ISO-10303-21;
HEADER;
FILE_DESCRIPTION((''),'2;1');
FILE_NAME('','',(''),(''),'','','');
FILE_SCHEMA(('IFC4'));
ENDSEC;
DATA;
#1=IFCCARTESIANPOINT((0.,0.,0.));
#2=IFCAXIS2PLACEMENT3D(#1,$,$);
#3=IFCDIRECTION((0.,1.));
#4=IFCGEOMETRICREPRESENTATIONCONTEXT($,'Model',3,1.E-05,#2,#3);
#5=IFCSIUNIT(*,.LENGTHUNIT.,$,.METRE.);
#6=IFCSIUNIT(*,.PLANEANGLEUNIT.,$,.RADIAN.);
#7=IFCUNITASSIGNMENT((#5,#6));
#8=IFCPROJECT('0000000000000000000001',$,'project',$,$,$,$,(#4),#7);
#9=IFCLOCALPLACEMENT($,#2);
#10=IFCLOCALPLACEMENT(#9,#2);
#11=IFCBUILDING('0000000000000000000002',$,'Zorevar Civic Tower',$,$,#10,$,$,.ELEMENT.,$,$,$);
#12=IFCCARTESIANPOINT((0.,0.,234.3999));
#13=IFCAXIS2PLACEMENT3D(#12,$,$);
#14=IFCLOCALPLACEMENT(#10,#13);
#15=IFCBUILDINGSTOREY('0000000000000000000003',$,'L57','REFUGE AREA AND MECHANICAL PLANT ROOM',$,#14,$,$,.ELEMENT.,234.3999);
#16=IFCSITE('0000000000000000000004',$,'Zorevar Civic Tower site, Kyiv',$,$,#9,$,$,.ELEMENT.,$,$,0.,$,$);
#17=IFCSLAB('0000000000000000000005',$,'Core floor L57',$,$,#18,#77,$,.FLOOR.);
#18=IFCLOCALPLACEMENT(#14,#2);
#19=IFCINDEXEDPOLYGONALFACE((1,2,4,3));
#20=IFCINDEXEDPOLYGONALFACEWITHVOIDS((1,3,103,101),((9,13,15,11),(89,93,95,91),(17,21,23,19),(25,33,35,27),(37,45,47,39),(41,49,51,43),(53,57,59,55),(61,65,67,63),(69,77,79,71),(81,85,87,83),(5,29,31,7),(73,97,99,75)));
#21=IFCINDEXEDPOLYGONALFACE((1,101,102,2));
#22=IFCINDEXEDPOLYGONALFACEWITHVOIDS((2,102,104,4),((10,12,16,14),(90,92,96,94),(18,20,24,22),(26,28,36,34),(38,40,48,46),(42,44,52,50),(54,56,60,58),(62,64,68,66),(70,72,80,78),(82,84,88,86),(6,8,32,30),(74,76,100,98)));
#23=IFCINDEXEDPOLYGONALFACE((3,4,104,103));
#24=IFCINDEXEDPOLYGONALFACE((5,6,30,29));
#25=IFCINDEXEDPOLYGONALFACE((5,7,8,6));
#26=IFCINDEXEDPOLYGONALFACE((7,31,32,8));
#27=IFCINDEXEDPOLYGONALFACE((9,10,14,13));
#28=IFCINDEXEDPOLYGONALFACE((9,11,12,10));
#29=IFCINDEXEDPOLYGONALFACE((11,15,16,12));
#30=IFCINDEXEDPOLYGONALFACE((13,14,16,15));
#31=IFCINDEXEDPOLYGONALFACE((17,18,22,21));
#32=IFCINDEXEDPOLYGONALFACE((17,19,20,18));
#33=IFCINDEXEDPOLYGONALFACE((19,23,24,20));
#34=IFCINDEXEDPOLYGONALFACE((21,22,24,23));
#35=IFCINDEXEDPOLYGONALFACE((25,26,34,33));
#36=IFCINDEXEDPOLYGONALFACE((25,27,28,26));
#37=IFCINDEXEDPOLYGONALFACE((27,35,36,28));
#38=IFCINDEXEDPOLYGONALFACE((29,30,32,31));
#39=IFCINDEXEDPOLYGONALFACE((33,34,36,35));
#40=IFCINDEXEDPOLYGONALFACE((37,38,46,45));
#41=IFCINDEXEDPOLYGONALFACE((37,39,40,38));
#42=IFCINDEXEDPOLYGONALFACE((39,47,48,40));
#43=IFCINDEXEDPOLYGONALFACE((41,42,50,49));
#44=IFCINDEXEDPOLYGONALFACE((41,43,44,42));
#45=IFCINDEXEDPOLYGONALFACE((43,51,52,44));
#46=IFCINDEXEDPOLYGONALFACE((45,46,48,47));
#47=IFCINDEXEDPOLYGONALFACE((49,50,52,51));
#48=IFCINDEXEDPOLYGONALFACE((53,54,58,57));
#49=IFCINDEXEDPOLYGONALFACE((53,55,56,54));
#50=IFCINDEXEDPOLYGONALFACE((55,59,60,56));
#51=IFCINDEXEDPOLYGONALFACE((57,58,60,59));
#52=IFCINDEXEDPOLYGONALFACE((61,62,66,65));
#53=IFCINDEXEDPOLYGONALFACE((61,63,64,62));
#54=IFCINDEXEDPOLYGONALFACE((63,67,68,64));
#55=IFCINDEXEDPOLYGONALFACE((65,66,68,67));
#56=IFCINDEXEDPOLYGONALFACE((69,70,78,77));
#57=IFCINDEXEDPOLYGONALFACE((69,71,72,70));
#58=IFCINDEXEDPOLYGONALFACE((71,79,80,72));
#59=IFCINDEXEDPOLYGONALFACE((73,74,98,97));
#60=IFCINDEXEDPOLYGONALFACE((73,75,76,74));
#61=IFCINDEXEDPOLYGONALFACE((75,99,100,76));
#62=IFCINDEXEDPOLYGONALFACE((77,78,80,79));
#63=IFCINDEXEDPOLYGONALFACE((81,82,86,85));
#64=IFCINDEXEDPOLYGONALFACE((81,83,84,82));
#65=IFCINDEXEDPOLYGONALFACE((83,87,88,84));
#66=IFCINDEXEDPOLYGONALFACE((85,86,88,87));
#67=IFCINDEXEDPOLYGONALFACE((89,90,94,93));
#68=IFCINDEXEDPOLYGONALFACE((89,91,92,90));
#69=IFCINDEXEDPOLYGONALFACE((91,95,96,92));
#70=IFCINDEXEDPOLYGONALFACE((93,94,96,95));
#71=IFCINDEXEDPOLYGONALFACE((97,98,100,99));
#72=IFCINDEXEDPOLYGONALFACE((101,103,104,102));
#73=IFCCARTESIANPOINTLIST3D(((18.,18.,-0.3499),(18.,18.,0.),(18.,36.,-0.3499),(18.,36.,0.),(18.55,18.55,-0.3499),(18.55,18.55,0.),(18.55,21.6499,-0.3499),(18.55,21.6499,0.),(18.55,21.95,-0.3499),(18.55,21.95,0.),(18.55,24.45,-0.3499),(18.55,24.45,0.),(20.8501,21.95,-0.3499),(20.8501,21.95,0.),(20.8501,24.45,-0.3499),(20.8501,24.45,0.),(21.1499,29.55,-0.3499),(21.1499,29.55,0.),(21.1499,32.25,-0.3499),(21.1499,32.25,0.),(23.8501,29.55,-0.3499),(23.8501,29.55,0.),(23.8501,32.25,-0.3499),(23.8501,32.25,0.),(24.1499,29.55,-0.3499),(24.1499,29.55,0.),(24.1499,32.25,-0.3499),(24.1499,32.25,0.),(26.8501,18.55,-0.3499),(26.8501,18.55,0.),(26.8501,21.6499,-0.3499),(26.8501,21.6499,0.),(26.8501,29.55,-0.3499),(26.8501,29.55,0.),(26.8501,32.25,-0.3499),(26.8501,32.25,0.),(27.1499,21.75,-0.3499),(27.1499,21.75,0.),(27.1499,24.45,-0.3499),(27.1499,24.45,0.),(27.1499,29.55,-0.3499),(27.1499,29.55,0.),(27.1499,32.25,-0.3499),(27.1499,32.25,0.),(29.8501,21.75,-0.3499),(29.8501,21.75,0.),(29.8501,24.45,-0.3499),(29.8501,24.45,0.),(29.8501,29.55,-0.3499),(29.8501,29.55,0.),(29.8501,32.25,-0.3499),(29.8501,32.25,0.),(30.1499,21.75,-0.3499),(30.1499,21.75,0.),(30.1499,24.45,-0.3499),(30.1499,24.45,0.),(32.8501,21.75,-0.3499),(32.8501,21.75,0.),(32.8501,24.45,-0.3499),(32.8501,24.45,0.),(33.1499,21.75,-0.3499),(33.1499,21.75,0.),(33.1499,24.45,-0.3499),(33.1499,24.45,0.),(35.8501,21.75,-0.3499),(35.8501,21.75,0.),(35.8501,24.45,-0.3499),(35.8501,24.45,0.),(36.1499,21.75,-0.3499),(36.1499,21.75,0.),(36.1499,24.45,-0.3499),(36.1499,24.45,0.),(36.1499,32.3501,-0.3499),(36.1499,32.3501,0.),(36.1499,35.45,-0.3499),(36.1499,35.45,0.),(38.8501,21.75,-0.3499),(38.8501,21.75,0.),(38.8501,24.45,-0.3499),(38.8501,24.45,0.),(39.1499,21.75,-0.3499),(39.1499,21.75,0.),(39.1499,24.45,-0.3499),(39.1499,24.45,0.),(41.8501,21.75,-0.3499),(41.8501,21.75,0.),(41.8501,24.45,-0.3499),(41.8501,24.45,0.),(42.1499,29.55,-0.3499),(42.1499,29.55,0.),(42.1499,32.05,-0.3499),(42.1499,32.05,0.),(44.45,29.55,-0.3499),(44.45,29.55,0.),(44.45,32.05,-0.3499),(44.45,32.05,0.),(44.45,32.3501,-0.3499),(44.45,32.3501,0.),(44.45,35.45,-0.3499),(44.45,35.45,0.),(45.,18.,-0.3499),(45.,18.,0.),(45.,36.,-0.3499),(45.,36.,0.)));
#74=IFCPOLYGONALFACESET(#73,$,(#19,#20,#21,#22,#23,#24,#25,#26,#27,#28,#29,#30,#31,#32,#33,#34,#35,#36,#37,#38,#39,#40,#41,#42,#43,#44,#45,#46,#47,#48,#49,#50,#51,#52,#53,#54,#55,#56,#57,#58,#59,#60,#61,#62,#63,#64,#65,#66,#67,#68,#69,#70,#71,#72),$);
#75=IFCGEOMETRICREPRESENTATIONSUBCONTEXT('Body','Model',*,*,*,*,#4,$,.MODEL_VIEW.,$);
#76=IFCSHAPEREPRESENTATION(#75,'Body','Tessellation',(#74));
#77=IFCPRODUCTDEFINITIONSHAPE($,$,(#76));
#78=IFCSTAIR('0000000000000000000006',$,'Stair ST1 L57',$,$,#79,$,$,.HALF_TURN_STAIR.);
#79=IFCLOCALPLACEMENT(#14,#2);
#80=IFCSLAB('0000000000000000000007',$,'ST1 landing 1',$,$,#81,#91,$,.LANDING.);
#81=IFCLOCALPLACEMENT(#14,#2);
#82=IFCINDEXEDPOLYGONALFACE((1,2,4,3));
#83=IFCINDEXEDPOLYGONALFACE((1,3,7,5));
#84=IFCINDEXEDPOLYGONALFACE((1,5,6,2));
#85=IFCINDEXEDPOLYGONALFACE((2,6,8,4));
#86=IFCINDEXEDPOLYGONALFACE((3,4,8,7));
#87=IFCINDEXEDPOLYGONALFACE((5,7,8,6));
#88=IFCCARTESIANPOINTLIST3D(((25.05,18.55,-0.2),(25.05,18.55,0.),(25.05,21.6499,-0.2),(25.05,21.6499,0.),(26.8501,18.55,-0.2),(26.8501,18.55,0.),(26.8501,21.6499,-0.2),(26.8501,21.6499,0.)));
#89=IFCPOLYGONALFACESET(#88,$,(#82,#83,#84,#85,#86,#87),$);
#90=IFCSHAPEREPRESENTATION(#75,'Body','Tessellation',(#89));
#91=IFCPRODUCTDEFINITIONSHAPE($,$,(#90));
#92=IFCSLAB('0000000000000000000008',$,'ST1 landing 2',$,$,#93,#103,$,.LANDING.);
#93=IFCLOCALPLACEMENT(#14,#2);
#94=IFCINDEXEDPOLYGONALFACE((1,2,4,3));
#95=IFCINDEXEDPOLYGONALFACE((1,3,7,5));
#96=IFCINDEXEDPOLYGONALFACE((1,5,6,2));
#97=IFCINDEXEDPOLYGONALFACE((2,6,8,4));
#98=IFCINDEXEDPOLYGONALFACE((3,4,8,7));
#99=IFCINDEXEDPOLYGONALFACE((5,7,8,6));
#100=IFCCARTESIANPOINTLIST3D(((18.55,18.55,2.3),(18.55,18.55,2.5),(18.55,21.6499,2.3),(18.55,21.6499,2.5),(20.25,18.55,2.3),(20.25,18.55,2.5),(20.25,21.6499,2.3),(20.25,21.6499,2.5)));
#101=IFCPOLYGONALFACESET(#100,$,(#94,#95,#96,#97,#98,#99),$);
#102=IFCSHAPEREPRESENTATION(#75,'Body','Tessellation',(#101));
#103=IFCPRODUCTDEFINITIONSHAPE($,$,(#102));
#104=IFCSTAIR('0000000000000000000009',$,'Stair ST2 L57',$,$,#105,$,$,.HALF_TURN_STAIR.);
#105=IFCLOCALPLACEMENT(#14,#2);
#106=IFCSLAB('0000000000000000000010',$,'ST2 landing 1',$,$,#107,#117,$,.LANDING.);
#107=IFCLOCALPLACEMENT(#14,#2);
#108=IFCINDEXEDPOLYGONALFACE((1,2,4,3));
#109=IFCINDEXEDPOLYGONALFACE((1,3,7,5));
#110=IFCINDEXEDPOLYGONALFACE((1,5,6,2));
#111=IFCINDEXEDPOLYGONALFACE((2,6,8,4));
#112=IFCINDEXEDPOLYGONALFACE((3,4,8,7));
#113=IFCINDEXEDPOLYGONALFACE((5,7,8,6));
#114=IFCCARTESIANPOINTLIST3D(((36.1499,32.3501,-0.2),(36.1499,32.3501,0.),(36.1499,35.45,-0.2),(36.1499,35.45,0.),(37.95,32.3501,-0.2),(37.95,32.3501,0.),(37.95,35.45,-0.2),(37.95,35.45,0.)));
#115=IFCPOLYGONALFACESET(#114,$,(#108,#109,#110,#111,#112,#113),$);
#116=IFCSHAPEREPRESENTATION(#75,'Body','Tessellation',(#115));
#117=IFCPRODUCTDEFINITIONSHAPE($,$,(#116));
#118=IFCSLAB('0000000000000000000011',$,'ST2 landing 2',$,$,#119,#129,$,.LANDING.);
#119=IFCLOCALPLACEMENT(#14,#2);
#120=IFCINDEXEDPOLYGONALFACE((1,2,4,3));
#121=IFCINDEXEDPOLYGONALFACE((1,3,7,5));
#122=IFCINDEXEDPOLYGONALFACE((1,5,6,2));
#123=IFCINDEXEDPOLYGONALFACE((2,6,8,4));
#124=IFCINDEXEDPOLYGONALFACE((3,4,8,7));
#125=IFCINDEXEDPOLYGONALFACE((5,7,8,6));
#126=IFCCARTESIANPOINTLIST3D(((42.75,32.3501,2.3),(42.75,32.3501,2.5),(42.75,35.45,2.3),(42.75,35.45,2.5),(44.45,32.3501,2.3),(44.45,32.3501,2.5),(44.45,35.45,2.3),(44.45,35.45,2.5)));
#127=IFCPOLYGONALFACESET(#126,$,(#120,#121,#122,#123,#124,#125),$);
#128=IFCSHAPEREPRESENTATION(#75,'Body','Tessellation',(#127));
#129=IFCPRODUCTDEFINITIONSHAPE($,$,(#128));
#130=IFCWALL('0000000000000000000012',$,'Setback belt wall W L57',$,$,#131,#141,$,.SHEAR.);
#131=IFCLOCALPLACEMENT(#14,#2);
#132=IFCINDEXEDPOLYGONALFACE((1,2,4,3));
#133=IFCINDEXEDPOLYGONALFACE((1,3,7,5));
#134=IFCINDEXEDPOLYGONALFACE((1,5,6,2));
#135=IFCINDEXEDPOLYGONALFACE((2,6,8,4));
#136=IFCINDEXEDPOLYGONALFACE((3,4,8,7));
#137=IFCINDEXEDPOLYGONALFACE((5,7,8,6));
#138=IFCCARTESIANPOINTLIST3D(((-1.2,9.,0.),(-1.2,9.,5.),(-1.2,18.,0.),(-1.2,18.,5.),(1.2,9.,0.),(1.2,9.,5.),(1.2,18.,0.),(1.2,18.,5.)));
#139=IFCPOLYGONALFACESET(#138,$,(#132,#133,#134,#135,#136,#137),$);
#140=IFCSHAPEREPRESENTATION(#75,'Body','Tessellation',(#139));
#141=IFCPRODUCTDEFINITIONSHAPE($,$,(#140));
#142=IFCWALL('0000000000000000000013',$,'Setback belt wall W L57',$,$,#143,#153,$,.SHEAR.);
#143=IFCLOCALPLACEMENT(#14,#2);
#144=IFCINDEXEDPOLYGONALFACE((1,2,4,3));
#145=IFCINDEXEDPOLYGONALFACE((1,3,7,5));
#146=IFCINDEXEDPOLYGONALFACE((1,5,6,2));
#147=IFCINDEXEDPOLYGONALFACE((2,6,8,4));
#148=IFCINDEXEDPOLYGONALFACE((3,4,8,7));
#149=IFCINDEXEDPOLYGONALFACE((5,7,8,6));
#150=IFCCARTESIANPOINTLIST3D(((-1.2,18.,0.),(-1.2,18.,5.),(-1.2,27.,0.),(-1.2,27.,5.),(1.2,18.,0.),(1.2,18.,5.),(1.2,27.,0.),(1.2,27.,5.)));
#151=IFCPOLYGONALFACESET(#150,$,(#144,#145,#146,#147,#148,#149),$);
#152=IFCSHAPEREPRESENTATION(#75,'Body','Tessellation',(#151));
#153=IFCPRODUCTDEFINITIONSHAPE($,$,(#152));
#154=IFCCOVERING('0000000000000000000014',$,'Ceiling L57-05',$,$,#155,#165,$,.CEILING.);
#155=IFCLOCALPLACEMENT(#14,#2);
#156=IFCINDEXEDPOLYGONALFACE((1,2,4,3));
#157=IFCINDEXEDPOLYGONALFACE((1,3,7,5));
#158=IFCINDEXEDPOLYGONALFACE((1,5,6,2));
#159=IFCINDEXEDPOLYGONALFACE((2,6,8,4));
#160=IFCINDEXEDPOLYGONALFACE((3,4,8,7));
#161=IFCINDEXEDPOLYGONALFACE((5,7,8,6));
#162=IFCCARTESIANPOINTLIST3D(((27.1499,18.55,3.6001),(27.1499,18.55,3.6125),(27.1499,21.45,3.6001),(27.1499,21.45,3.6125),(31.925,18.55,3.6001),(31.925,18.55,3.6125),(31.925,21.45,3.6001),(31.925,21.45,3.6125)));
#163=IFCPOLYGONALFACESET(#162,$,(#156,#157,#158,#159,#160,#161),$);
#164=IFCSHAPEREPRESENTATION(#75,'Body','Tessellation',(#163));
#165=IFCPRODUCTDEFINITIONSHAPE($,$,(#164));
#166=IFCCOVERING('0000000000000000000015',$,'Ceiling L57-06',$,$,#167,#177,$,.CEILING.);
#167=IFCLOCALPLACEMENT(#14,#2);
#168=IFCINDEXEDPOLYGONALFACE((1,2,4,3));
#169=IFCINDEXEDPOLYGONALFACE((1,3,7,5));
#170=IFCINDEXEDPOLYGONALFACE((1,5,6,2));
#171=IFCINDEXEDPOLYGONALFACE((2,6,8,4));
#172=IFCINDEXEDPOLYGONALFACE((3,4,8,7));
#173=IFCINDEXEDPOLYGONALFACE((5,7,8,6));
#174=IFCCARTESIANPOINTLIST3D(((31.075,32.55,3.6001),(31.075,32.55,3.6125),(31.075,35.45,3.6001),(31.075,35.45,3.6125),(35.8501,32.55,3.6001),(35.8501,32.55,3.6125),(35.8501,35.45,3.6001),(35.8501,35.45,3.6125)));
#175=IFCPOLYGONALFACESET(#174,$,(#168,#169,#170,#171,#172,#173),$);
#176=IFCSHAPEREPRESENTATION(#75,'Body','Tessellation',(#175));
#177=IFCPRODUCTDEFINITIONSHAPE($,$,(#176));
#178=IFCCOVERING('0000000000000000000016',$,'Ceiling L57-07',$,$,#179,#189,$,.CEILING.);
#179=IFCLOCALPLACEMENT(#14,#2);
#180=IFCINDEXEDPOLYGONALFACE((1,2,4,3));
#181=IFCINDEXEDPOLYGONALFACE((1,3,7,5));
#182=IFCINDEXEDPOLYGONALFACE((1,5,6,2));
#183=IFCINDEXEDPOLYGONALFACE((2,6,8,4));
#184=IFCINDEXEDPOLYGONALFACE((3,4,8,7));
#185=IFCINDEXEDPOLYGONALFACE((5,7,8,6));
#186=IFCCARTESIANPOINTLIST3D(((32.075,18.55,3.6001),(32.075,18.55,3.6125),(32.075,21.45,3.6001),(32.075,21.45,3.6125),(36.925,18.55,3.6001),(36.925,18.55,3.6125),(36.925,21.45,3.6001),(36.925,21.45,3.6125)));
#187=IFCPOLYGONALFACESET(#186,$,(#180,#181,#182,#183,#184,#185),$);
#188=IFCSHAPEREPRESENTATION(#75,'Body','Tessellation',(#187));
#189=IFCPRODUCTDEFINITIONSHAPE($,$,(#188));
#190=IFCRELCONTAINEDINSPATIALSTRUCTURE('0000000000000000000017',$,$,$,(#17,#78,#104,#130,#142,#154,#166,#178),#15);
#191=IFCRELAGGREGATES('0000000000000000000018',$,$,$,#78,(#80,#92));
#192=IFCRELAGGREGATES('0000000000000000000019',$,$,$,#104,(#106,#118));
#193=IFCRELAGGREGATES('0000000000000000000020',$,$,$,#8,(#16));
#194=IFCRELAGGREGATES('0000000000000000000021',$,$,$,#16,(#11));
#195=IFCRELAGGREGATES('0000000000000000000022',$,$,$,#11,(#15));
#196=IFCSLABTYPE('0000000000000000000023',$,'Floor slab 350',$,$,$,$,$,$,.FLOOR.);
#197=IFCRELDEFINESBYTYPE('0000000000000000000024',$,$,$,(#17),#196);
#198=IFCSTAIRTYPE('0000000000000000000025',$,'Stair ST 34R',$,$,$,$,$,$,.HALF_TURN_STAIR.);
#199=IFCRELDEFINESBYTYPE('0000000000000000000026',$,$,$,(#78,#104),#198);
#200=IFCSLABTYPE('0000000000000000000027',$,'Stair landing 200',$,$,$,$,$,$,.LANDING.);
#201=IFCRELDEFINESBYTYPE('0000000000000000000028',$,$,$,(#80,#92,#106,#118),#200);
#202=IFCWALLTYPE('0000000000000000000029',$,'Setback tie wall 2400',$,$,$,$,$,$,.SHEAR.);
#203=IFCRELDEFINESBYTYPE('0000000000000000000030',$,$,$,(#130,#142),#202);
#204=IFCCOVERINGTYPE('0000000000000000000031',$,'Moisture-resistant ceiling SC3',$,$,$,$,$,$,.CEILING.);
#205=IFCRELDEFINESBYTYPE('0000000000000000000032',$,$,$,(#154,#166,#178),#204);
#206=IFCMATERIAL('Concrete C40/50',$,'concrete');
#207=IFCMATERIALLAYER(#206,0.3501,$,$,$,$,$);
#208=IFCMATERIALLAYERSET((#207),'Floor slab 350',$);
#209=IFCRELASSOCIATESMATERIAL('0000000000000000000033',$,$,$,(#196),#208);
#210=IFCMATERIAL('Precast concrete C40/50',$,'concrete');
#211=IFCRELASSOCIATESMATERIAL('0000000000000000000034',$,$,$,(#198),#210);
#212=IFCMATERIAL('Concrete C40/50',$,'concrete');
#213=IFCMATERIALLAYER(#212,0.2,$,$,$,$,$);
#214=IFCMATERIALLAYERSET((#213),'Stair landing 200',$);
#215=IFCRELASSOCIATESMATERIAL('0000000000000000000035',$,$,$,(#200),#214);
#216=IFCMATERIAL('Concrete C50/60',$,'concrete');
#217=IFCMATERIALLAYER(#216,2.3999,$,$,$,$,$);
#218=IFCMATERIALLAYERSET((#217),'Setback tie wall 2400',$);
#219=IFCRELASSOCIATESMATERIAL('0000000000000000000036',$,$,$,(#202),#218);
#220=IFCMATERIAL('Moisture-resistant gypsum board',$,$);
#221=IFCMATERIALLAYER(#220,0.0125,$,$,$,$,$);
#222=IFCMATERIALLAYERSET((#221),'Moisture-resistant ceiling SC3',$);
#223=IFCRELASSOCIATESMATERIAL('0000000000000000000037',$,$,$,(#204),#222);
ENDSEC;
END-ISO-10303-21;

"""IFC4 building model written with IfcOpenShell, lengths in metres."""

from ifc_helpers import new_model, si_unit, direction, frame, frame_2d, origin, place, context, subcontext, project, spatial, polyline, rectangle, outline, extrude, material, layer, layer_set, type_object, element, aggregate, save


model = new_model("IFC4")

# Units and contexts
model_context = context("Model", 3, precision=1e-05, world=origin(), true_north=direction((0.0, 1.0)))
body_context = subcontext(model_context, "Body", "Model", "MODEL_VIEW")
ifc_project = project(units=[si_unit("LENGTHUNIT", "METRE"), si_unit("PLANEANGLEUNIT", "RADIAN")], contexts=[model_context])

# Site, building, storey
site_placement = place(None, origin())
site = spatial("IfcSite", under=ifc_project, at=site_placement, Name="Zorevar Civic Tower site, Kyiv", CompositionType="ELEMENT", RefElevation=0.0)
building_placement = place(site_placement, origin())
building = spatial("IfcBuilding", under=site, at=building_placement, Name="Zorevar Civic Tower", CompositionType="ELEMENT")
storey_placement = place(building_placement, frame((0.0, 0.0, 234.3999)))
storey = spatial("IfcBuildingStorey", under=building, at=storey_placement, Name="L57", Description="REFUGE AREA AND MECHANICAL PLANT ROOM", CompositionType="ELEMENT", Elevation=234.3999)

# Slab
ifc_material_1 = material(Name="Concrete C40/50", Category="concrete")
ifc_layer_1 = layer(ifc_material_1, 0.3501)
ifc_layer_set_1 = layer_set([ifc_layer_1], Name="Floor slab 350")
slab_type_1 = type_object("IfcSlabType", Name="Floor slab 350", PredefinedType="FLOOR", material=ifc_layer_set_1)
slab_1_placement = place(storey_placement, frame((0.0, 0.0, -0.3499)))
element("IfcSlab", 1, at=slab_1_placement, inside=storey, type_object=slab_type_1, Name="Core floor L57", PredefinedType="FLOOR", context=body_context, shape_type="SweptSolid", body=[
    extrude(outline(polyline([(18.0, 18.0), (45.0, 18.0), (45.0, 36.0), (18.0, 36.0), (18.0, 18.0)]), holes=[polyline([(18.55, 18.55), (26.8501, 18.55), (26.8501, 21.6499), (18.55, 21.6499), (18.55, 18.55)]), polyline([(36.1499, 32.3501), (44.45, 32.3501), (44.45, 35.45), (36.1499, 35.45), (36.1499, 32.3501)]), polyline([(18.55, 21.95), (20.8501, 21.95), (20.8501, 24.45), (18.55, 24.45), (18.55, 21.95)]), polyline([(42.1499, 29.55), (44.45, 29.55), (44.45, 32.05), (42.1499, 32.05), (42.1499, 29.55)]), polyline([(27.1499, 21.75), (29.8501, 21.75), (29.8501, 24.45), (27.1499, 24.45), (27.1499, 21.75)]), polyline([(30.1499, 21.75), (32.8501, 21.75), (32.8501, 24.45), (30.1499, 24.45), (30.1499, 21.75)]), polyline([(33.1499, 21.75), (35.8501, 21.75), (35.8501, 24.45), (33.1499, 24.45), (33.1499, 21.75)]), polyline([(27.1499, 29.55), (29.8501, 29.55), (29.8501, 32.25), (27.1499, 32.25), (27.1499, 29.55)]), polyline([(36.1499, 21.75), (38.8501, 21.75), (38.8501, 24.45), (36.1499, 24.45), (36.1499, 21.75)]), polyline([(24.1499, 29.55), (26.8501, 29.55), (26.8501, 32.25), (24.1499, 32.25), (24.1499, 29.55)]), polyline([(39.1499, 21.75), (41.8501, 21.75), (41.8501, 24.45), (39.1499, 24.45), (39.1499, 21.75)]), polyline([(21.1499, 29.55), (23.8501, 29.55), (23.8501, 32.25), (21.1499, 32.25), (21.1499, 29.55)])]), origin(), (0.0, 0.0, 1.0), 0.3499),
])

# Stairs, slabs
ifc_material_2 = material(Name="Precast concrete C40/50", Category="concrete")
stair_type = type_object("IfcStairType", Name="Stair ST 34R", PredefinedType="HALF_TURN_STAIR", material=ifc_material_2)
stair_1_placement = place(storey_placement, origin())
stair_1 = element("IfcStair", 2, at=stair_1_placement, inside=storey, type_object=stair_type, Name="Stair ST1 L57", PredefinedType="HALF_TURN_STAIR")
ifc_material_3 = material(Name="Concrete C40/50", Category="concrete")
ifc_layer_2 = layer(ifc_material_3, 0.2)
ifc_layer_set_2 = layer_set([ifc_layer_2], Name="Stair landing 200")
slab_type_2 = type_object("IfcSlabType", Name="Stair landing 200", PredefinedType="LANDING", material=ifc_layer_set_2)
slab_2_placement = place(storey_placement, frame((0.0, 0.0, -0.2)))
slab_2 = element("IfcSlab", 3, at=slab_2_placement, type_object=slab_type_2, Name="ST1 landing 1", PredefinedType="LANDING", context=body_context, shape_type="SweptSolid", body=[
    extrude(outline(polyline([(25.05, 18.55), (26.8501, 18.55), (26.8501, 21.6499), (25.05, 21.6499), (25.05, 18.55)])), origin(), (0.0, 0.0, 1.0), 0.2),
])
slab_3_placement = place(storey_placement, frame((0.0, 0.0, 2.3)))
slab_3 = element("IfcSlab", 4, at=slab_3_placement, type_object=slab_type_2, Name="ST1 landing 2", PredefinedType="LANDING", context=body_context, shape_type="SweptSolid", body=[
    extrude(outline(polyline([(18.55, 18.55), (20.25, 18.55), (20.25, 21.6499), (18.55, 21.6499), (18.55, 18.55)])), origin(), (0.0, 0.0, 1.0), 0.2),
])
aggregate(stair_1, [slab_2, slab_3])
stair_2_placement = place(storey_placement, origin())
stair_2 = element("IfcStair", 5, at=stair_2_placement, inside=storey, type_object=stair_type, Name="Stair ST2 L57", PredefinedType="HALF_TURN_STAIR")
slab_4_placement = place(storey_placement, frame((0.0, 0.0, -0.2)))
slab_4 = element("IfcSlab", 6, at=slab_4_placement, type_object=slab_type_2, Name="ST2 landing 1", PredefinedType="LANDING", context=body_context, shape_type="SweptSolid", body=[
    extrude(outline(polyline([(37.95, 32.3501), (36.1499, 32.3501), (36.1499, 35.45), (37.95, 35.45), (37.95, 32.3501)])), origin(), (0.0, 0.0, 1.0), 0.2),
])
slab_5_placement = place(storey_placement, frame((0.0, 0.0, 2.3)))
slab_5 = element("IfcSlab", 7, at=slab_5_placement, type_object=slab_type_2, Name="ST2 landing 2", PredefinedType="LANDING", context=body_context, shape_type="SweptSolid", body=[
    extrude(outline(polyline([(44.45, 32.3501), (42.75, 32.3501), (42.75, 35.45), (44.45, 35.45), (44.45, 32.3501)])), origin(), (0.0, 0.0, 1.0), 0.2),
])
aggregate(stair_2, [slab_4, slab_5])

# Walls
ifc_material_4 = material(Name="Concrete C50/60", Category="concrete")
ifc_layer_3 = layer(ifc_material_4, 2.3999)
ifc_layer_set_3 = layer_set([ifc_layer_3], Name="Setback tie wall 2400")
wall_type = type_object("IfcWallType", Name="Setback tie wall 2400", PredefinedType="SHEAR", material=ifc_layer_set_3)
for number, where, z_axis, x_axis, name in (
    (8, (0.0, 9.0, 0.0), (0.0, 0.0, 1.0), (0.0, 1.0, 0.0), "Setback belt wall W L57"),
    (9, (0.0, 18.0, 0.0), (0.0, 0.0, 1.0), (0.0, 1.0, 0.0), "Setback belt wall W L57"),
):
    element("IfcWall", number, at=place(storey_placement, frame(where, z_axis=z_axis, x_axis=x_axis)), inside=storey, type_object=wall_type, Name=name, PredefinedType="SHEAR", context=body_context, shape_type="SweptSolid", body=[
        extrude(rectangle(XDim=9.0, YDim=2.3999, at=frame_2d((4.5, 0.0))), origin(), (0.0, 0.0, 1.0), 5.0),
    ])

# Coverings
ifc_material_5 = material(Name="Moisture-resistant gypsum board")
ifc_layer_4 = layer(ifc_material_5, 0.0125)
ifc_layer_set_4 = layer_set([ifc_layer_4], Name="Moisture-resistant ceiling SC3")
covering_type_1 = type_object("IfcCoveringType", Name="Moisture-resistant ceiling SC3", PredefinedType="CEILING", material=ifc_layer_set_4)
covering_1_placement = place(storey_placement, frame((0.0, 0.0, 3.6001)))
element("IfcCovering", 10, at=covering_1_placement, inside=storey, type_object=covering_type_1, Name="Ceiling L57-05", PredefinedType="CEILING", context=body_context, shape_type="SweptSolid", body=[
    extrude(outline(polyline([(31.925, 18.55), (31.925, 21.45), (27.1499, 21.45), (27.1499, 18.55), (31.925, 18.55)])), origin(), (0.0, 0.0, 1.0), 0.0125),
])
covering_2_placement = place(storey_placement, frame((0.0, 0.0, 3.6001)))
element("IfcCovering", 11, at=covering_2_placement, inside=storey, type_object=covering_type_1, Name="Ceiling L57-06", PredefinedType="CEILING", context=body_context, shape_type="SweptSolid", body=[
    extrude(outline(polyline([(35.8501, 32.55), (35.8501, 35.45), (31.075, 35.45), (31.075, 32.55), (35.8501, 32.55)])), origin(), (0.0, 0.0, 1.0), 0.0125),
])
covering_3_placement = place(storey_placement, frame((0.0, 0.0, 3.6001)))
element("IfcCovering", 12, at=covering_3_placement, inside=storey, type_object=covering_type_1, Name="Ceiling L57-07", PredefinedType="CEILING", context=body_context, shape_type="SweptSolid", body=[
    extrude(outline(polyline([(36.925, 18.55), (36.925, 21.45), (32.075, 21.45), (32.075, 18.55), (36.925, 18.55)])), origin(), (0.0, 0.0, 1.0), 0.0125),
])

save(model, "model.ifc")
